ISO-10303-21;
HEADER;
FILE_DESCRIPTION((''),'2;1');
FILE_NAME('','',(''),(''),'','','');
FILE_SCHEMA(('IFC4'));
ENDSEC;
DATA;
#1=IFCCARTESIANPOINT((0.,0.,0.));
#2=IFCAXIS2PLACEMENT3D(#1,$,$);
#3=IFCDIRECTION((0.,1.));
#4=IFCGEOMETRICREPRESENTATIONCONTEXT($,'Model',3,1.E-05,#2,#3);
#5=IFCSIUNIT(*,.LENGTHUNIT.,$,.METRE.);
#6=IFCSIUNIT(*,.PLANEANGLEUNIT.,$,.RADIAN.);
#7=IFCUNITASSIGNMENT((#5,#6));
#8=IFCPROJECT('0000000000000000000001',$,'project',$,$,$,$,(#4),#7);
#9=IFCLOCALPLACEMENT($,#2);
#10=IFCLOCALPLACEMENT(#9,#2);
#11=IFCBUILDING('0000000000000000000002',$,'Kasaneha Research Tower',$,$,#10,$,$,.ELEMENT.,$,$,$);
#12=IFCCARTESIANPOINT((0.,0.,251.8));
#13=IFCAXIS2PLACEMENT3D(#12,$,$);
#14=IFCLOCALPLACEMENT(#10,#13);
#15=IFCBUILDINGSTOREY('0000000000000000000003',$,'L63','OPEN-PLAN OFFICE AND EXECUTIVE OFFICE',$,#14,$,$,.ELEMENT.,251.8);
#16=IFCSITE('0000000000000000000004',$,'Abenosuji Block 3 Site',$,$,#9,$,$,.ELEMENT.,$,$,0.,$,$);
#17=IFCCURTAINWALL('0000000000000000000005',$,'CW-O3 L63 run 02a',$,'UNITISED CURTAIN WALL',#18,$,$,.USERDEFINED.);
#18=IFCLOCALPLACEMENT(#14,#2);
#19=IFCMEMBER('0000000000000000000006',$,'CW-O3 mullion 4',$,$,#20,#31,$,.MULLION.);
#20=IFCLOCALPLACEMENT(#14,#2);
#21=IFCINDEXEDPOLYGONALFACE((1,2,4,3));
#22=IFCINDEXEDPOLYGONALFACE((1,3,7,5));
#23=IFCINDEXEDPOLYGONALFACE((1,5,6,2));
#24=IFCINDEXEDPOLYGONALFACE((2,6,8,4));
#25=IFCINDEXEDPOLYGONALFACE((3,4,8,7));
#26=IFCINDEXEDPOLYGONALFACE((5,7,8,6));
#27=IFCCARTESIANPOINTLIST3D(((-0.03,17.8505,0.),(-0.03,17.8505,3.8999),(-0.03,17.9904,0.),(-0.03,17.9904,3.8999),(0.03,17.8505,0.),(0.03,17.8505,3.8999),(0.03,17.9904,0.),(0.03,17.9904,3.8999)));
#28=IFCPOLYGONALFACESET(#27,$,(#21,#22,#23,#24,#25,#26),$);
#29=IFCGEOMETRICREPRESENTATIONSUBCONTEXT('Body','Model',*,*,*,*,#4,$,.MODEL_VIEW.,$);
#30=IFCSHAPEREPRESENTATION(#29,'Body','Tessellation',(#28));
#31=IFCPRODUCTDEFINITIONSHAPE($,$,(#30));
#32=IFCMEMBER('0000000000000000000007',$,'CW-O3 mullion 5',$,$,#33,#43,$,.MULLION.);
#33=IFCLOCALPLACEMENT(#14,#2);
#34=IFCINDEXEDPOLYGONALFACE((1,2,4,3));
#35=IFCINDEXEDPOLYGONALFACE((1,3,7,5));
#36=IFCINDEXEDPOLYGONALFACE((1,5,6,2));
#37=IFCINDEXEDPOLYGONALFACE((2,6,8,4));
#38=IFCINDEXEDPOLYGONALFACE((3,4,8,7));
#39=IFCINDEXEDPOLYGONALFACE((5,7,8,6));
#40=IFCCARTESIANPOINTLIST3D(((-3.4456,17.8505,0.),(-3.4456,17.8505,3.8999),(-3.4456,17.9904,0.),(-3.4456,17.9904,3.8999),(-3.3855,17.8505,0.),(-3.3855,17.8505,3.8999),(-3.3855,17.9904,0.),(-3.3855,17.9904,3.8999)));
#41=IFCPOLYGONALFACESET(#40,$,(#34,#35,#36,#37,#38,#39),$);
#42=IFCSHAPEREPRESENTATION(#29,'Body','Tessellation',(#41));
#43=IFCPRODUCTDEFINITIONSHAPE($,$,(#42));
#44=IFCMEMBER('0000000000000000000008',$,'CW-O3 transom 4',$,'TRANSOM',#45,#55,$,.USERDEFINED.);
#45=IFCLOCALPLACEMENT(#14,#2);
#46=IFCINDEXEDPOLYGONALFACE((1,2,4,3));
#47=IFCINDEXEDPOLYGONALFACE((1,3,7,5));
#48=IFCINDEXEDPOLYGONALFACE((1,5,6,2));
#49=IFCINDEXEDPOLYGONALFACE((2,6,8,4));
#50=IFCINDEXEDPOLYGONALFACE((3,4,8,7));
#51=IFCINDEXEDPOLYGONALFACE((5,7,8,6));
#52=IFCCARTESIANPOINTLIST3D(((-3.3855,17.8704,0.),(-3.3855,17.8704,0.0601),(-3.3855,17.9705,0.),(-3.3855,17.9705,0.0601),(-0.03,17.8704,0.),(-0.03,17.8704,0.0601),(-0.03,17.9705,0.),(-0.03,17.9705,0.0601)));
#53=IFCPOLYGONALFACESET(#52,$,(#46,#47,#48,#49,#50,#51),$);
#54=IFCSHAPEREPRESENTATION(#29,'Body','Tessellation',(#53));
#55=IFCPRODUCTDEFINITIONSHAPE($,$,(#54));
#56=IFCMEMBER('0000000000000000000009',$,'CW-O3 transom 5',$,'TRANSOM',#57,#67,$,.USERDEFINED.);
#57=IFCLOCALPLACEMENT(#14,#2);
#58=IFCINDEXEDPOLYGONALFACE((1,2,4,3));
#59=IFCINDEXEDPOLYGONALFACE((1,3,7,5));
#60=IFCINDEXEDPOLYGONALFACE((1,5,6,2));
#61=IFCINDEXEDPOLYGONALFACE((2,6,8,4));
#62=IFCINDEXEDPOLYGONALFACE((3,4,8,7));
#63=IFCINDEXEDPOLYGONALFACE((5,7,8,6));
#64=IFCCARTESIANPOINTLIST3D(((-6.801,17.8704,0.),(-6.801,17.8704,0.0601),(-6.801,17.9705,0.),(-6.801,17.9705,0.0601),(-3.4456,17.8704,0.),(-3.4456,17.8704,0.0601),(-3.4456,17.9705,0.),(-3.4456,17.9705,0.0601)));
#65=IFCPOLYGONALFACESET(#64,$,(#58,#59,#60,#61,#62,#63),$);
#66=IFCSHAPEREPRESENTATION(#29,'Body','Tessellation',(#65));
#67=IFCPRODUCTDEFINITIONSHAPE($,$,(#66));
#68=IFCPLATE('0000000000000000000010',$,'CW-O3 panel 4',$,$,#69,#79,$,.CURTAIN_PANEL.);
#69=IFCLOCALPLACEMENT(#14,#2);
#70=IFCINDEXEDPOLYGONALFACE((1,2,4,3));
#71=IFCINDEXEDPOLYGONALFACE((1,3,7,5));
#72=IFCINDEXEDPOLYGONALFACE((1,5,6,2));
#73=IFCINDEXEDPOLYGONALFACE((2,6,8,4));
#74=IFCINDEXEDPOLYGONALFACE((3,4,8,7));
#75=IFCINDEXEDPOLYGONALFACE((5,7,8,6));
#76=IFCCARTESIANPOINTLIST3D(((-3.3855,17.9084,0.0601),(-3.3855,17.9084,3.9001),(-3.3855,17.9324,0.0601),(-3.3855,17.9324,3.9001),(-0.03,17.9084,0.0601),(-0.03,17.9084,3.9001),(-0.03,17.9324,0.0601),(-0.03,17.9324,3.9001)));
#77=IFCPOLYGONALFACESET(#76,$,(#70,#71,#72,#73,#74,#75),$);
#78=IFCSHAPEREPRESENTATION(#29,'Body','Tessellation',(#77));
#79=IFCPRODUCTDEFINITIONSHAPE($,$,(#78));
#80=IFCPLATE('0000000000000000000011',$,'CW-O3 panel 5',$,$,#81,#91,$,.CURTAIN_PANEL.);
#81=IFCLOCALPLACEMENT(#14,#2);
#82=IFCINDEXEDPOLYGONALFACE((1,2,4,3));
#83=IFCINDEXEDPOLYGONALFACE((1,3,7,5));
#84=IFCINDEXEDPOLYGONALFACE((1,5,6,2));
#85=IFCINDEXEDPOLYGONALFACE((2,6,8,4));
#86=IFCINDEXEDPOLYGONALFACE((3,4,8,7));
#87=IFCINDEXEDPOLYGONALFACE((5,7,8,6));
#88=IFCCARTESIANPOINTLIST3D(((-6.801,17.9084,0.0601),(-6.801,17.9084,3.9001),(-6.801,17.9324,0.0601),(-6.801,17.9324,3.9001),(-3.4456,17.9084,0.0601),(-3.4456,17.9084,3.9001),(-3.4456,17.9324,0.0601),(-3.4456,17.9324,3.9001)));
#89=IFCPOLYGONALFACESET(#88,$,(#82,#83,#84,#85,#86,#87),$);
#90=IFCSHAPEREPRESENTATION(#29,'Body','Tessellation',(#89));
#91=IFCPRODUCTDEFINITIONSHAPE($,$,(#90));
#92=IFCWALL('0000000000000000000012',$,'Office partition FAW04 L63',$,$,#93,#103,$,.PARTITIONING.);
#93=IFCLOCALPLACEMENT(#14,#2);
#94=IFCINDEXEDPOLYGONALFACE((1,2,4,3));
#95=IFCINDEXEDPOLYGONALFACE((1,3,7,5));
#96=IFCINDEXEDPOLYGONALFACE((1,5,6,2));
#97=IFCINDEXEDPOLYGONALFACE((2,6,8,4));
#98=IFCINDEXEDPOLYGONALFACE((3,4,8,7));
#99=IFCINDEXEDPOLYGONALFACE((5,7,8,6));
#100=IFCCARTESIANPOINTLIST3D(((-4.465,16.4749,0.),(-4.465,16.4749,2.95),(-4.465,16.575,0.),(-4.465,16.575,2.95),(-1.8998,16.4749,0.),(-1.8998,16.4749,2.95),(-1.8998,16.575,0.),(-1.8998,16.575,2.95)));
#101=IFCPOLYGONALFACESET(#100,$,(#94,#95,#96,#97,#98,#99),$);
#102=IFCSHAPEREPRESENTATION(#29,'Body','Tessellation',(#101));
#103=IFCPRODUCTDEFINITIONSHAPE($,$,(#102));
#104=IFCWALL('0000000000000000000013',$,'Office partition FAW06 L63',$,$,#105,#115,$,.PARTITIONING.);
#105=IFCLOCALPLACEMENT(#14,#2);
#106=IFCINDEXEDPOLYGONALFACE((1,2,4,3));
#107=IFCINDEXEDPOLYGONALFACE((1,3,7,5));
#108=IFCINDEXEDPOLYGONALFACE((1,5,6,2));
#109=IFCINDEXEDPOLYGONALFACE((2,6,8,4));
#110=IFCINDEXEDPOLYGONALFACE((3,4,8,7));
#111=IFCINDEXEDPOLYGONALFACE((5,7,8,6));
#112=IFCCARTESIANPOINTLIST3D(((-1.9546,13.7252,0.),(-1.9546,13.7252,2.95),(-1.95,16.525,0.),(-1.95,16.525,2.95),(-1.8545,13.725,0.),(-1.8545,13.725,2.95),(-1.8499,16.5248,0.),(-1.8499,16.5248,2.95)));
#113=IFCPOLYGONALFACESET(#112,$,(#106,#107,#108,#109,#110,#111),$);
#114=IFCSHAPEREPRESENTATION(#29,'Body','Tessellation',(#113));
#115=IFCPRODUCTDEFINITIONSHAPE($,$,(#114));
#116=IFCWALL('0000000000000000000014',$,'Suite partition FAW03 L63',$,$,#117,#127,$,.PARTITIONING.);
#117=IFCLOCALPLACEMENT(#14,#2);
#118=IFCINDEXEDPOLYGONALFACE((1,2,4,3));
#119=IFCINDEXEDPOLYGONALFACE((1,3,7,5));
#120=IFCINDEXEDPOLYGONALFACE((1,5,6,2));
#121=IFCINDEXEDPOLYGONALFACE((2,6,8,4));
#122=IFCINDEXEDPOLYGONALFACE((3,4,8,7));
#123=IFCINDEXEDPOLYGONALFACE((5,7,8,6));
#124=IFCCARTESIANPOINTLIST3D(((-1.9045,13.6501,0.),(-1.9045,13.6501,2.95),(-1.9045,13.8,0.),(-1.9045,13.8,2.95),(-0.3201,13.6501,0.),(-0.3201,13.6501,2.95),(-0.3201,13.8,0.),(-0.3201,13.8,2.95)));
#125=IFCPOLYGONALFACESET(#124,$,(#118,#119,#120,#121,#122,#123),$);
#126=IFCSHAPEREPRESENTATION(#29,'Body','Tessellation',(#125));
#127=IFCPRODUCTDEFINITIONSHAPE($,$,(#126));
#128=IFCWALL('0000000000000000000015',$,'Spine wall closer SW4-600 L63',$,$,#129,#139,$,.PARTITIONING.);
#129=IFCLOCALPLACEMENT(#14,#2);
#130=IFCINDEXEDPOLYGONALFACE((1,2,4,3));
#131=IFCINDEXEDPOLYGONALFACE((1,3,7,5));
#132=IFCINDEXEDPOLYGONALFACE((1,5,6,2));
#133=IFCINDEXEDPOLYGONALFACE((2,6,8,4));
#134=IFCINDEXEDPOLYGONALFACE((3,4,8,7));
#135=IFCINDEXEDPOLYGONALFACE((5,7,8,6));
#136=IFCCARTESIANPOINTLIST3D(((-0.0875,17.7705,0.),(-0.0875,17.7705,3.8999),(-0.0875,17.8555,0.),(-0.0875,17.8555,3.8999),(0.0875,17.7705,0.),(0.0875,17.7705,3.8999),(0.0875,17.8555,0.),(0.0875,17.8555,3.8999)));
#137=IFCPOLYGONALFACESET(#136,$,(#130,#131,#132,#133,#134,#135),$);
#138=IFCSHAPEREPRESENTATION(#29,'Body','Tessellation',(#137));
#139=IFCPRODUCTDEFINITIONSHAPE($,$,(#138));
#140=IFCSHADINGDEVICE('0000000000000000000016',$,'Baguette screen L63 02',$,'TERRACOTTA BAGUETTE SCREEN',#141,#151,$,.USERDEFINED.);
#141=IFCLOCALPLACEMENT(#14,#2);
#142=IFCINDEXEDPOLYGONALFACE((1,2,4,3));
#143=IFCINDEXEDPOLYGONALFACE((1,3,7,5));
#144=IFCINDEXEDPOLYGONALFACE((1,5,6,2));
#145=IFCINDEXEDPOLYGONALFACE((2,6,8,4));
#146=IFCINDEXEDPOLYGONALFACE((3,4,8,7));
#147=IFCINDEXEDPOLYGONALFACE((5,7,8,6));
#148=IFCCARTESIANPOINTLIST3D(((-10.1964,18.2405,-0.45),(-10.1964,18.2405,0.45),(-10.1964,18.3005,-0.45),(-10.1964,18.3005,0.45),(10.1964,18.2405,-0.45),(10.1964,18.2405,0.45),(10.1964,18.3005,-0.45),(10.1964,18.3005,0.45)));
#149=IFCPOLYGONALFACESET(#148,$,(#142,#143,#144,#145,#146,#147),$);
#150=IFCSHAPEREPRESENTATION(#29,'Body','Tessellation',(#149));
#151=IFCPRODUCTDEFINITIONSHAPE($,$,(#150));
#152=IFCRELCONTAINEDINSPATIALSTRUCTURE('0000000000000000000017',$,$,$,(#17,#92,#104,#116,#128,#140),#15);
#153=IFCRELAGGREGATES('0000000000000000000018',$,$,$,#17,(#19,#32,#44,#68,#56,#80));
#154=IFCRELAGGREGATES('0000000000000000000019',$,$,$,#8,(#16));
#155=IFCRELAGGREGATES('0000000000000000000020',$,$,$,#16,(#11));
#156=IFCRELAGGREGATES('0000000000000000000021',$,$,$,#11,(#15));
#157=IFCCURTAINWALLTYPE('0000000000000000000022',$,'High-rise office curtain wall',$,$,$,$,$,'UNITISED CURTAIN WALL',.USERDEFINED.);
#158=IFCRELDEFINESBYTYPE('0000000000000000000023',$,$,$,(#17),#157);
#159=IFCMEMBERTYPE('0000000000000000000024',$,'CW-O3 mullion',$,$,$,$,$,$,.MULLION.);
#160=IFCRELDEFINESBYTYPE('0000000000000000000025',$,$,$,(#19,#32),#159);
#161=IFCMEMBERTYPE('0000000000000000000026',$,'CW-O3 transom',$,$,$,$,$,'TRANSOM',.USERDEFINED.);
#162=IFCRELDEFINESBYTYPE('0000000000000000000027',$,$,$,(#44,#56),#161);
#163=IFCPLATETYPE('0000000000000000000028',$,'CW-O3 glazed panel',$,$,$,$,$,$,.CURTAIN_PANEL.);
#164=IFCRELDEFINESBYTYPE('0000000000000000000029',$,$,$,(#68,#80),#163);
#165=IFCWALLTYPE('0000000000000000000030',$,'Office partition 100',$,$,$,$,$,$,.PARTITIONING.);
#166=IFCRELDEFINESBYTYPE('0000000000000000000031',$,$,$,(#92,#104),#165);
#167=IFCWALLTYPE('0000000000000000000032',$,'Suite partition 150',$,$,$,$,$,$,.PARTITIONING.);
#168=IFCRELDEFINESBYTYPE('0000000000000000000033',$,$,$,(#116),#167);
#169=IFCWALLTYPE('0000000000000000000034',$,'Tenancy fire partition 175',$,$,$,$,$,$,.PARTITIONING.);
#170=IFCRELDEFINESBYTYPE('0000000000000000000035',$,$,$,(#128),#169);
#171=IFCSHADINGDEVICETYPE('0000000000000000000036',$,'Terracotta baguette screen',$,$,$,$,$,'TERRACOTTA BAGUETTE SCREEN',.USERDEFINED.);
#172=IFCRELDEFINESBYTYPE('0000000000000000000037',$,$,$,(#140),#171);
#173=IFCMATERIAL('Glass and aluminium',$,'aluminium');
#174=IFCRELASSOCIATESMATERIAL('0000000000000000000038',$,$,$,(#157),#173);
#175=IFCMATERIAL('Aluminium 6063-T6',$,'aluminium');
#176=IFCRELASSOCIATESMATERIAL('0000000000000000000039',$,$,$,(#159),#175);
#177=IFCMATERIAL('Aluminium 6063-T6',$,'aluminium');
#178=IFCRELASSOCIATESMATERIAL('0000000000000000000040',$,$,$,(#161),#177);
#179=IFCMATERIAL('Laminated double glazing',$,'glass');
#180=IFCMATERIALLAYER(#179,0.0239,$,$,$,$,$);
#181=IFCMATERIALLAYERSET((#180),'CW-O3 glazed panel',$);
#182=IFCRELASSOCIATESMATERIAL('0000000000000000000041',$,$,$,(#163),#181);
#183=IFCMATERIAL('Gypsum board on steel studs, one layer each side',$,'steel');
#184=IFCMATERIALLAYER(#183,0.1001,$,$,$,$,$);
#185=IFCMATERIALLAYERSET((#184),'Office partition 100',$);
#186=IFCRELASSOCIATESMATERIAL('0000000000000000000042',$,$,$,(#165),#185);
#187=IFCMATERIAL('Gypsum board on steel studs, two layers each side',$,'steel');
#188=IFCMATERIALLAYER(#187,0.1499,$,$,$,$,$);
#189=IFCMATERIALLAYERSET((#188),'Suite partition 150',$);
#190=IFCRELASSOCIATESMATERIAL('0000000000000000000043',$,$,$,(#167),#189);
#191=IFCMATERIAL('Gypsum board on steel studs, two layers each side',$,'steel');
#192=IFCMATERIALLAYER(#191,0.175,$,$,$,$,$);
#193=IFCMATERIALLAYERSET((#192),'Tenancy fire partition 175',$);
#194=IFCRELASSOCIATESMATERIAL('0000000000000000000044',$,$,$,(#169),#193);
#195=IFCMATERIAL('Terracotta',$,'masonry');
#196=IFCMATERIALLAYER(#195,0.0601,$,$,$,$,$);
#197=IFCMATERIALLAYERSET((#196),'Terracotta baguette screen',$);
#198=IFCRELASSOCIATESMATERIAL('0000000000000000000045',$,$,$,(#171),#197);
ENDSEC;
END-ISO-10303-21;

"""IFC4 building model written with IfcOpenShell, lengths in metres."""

from ifc_helpers import new_model, si_unit, direction, frame, frame_2d, origin, origin_2d, place, context, subcontext, project, spatial, rectangle, extrude, material, layer, layer_set, material_profile, profile_set, type_object, element, aggregate, save


model = new_model("IFC4")

# Units and contexts
model_context = context("Model", 3, precision=1e-05, world=origin(), true_north=direction((0.0, 1.0)))
body_context = subcontext(model_context, "Body", "Model", "MODEL_VIEW")
ifc_project = project(units=[si_unit("LENGTHUNIT", "METRE"), si_unit("PLANEANGLEUNIT", "RADIAN")], contexts=[model_context])

# Site, building, storey
site_placement = place(None, origin())
site = spatial("IfcSite", under=ifc_project, at=site_placement, Name="Abenosuji Block 3 Site", CompositionType="ELEMENT", RefElevation=0.0)
building_placement = place(site_placement, origin())
building = spatial("IfcBuilding", under=site, at=building_placement, Name="Kasaneha Research Tower", CompositionType="ELEMENT")
storey_placement = place(building_placement, frame((0.0, 0.0, 251.8)))
storey = spatial("IfcBuildingStorey", under=building, at=storey_placement, Name="L63", Description="OPEN-PLAN OFFICE AND EXECUTIVE OFFICE", CompositionType="ELEMENT", Elevation=251.8)

# Curtain wall, members, plates
ifc_material_1 = material(Name="Glass and aluminium", Category="aluminium")
curtain_wall_type = type_object("IfcCurtainWallType", Name="High-rise office curtain wall", ElementType="UNITISED CURTAIN WALL", PredefinedType="USERDEFINED", material=ifc_material_1)
curtain_wall_placement = place(storey_placement, origin())
curtain_wall = element("IfcCurtainWall", 1, at=curtain_wall_placement, inside=storey, type_object=curtain_wall_type, Name="CW-O3 L63 run 02a", ObjectType="UNITISED CURTAIN WALL", PredefinedType="USERDEFINED")
ifc_material_2 = material(Name="Aluminium 6063-T6", Category="aluminium")
ifc_material_profile_1 = material_profile(ifc_material_2, rectangle(XDim=0.0601, YDim=0.1399, at=origin_2d()), Name="CW-O3 mullion 60x140")
ifc_profile_set_1 = profile_set([ifc_material_profile_1], Name="Aluminium 6063-T6")
member_type_1 = type_object("IfcMemberType", Name="CW-O3 mullion", PredefinedType="MULLION", material=ifc_profile_set_1)
member_1_placement = place(storey_placement, frame((0.0, 17.9204, 0.0), z_axis=(0.0, 0.0, 1.0), x_axis=(-1.0, 0.0, 0.0)))
member_1 = element("IfcMember", 2, at=member_1_placement, type_object=member_type_1, Name="CW-O3 mullion 4", PredefinedType="MULLION", context=body_context, shape_type="SweptSolid", body=[
    extrude(rectangle(XDim=0.0601, YDim=0.1399, at=origin_2d()), origin(), (0.0, 0.0, 1.0), 3.8999),
])
member_2_placement = place(storey_placement, frame((-3.4155, 17.9204, 0.0), z_axis=(0.0, 0.0, 1.0), x_axis=(-1.0, 0.0, 0.0)))
member_2 = element("IfcMember", 3, at=member_2_placement, type_object=member_type_1, Name="CW-O3 mullion 5", PredefinedType="MULLION", context=body_context, shape_type="SweptSolid", body=[
    extrude(rectangle(XDim=0.0601, YDim=0.1399, at=origin_2d()), origin(), (0.0, 0.0, 1.0), 3.8999),
])
ifc_material_3 = material(Name="Aluminium 6063-T6", Category="aluminium")
ifc_material_profile_2 = material_profile(ifc_material_3, rectangle(XDim=0.1001, YDim=0.0601, at=origin_2d()), Name="CW-O3 transom 100x60")
ifc_profile_set_2 = profile_set([ifc_material_profile_2], Name="Aluminium 6063-T6")
member_type_2 = type_object("IfcMemberType", Name="CW-O3 transom", ElementType="TRANSOM", PredefinedType="USERDEFINED", material=ifc_profile_set_2)
member_3_placement = place(storey_placement, frame((-0.03, 17.9204, 0.03), z_axis=(-1.0, 0.0, 0.0), x_axis=(0.0, -1.0, 0.0)))
member_3 = element("IfcMember", 4, at=member_3_placement, type_object=member_type_2, Name="CW-O3 transom 4", ObjectType="TRANSOM", PredefinedType="USERDEFINED", context=body_context, shape_type="SweptSolid", body=[
    extrude(rectangle(XDim=0.1001, YDim=0.0601, at=origin_2d()), origin(), (0.0, 0.0, 1.0), 3.3555),
])
member_4_placement = place(storey_placement, frame((-3.4456, 17.9204, 0.03), z_axis=(-1.0, 0.0, 0.0), x_axis=(0.0, -1.0, 0.0)))
member_4 = element("IfcMember", 5, at=member_4_placement, type_object=member_type_2, Name="CW-O3 transom 5", ObjectType="TRANSOM", PredefinedType="USERDEFINED", context=body_context, shape_type="SweptSolid", body=[
    extrude(rectangle(XDim=0.1001, YDim=0.0601, at=origin_2d()), origin(), (0.0, 0.0, 1.0), 3.3555),
])
ifc_material_4 = material(Name="Laminated double glazing", Category="glass")
ifc_layer_1 = layer(ifc_material_4, 0.0239)
ifc_layer_set_1 = layer_set([ifc_layer_1], Name="CW-O3 glazed panel")
plate_type = type_object("IfcPlateType", Name="CW-O3 glazed panel", PredefinedType="CURTAIN_PANEL", material=ifc_layer_set_1)
plate_1_placement = place(storey_placement, frame((-1.7078, 17.9204, 0.0601), z_axis=(0.0, 0.0, 1.0), x_axis=(-1.0, 0.0, 0.0)))
plate_1 = element("IfcPlate", 6, at=plate_1_placement, type_object=plate_type, Name="CW-O3 panel 4", PredefinedType="CURTAIN_PANEL", context=body_context, shape_type="SweptSolid", body=[
    extrude(rectangle(XDim=3.3555, YDim=0.0239, at=origin_2d()), origin(), (0.0, 0.0, 1.0), 3.8401),
])
plate_2_placement = place(storey_placement, frame((-5.1233, 17.9204, 0.0601), z_axis=(0.0, 0.0, 1.0), x_axis=(-1.0, 0.0, 0.0)))
plate_2 = element("IfcPlate", 7, at=plate_2_placement, type_object=plate_type, Name="CW-O3 panel 5", PredefinedType="CURTAIN_PANEL", context=body_context, shape_type="SweptSolid", body=[
    extrude(rectangle(XDim=3.3555, YDim=0.0239, at=origin_2d()), origin(), (0.0, 0.0, 1.0), 3.8401),
])
aggregate(curtain_wall, [member_1, member_2, member_3, plate_1, member_4, plate_2])

# Walls
ifc_material_5 = material(Name="Gypsum board on steel studs, one layer each side", Category="steel")
ifc_layer_2 = layer(ifc_material_5, 0.1001)
ifc_layer_set_2 = layer_set([ifc_layer_2], Name="Office partition 100")
wall_type_1 = type_object("IfcWallType", Name="Office partition 100", PredefinedType="PARTITIONING", material=ifc_layer_set_2)
wall_1_placement = place(storey_placement, frame((-4.4651, 16.5249, 0.0), z_axis=(0.0, 0.0, 1.0), x_axis=(1.0, 0.0, 0.0)))
element("IfcWall", 8, at=wall_1_placement, inside=storey, type_object=wall_type_1, Name="Office partition FAW04 L63", PredefinedType="PARTITIONING", context=body_context, shape_type="SweptSolid", body=[
    extrude(rectangle(XDim=2.5652, YDim=0.1001, at=frame_2d((1.2827, 0.0))), origin(), (0.0, 0.0, 1.0), 2.95),
])
wall_2_placement = place(storey_placement, frame((-1.8999, 16.5249, 0.0), z_axis=(0.0, 0.0, 1.0), x_axis=(-0.001657, -0.999999, 0.0)))
element("IfcWall", 9, at=wall_2_placement, inside=storey, type_object=wall_type_1, Name="Office partition FAW06 L63", PredefinedType="PARTITIONING", context=body_context, shape_type="SweptSolid", body=[
    extrude(rectangle(XDim=2.7998, YDim=0.1001, at=frame_2d((1.3999, 0.0))), origin(), (0.0, 0.0, 1.0), 2.95),
])
ifc_material_6 = material(Name="Gypsum board on steel studs, two layers each side", Category="steel")
ifc_layer_3 = layer(ifc_material_6, 0.1499)
ifc_layer_set_3 = layer_set([ifc_layer_3], Name="Suite partition 150")
wall_type_2 = type_object("IfcWallType", Name="Suite partition 150", PredefinedType="PARTITIONING", material=ifc_layer_set_3)
wall_3_placement = place(storey_placement, frame((-1.9045, 13.7251, 0.0), z_axis=(0.0, 0.0, 1.0), x_axis=(1.0, 0.0, 0.0)))
element("IfcWall", 10, at=wall_3_placement, inside=storey, type_object=wall_type_2, Name="Suite partition FAW03 L63", PredefinedType="PARTITIONING", context=body_context, shape_type="SweptSolid", body=[
    extrude(rectangle(XDim=1.5845, YDim=0.1499, at=frame_2d((0.7922, 0.0))), origin(), (0.0, 0.0, 1.0), 2.95),
])
ifc_material_7 = material(Name="Gypsum board on steel studs, two layers each side", Category="steel")
ifc_layer_4 = layer(ifc_material_7, 0.175)
ifc_layer_set_4 = layer_set([ifc_layer_4], Name="Tenancy fire partition 175")
wall_type_3 = type_object("IfcWallType", Name="Tenancy fire partition 175", PredefinedType="PARTITIONING", material=ifc_layer_set_4)
wall_4_placement = place(storey_placement, frame((0.0, 17.7705, 0.0), z_axis=(0.0, 0.0, 1.0), x_axis=(0.0, 1.0, 0.0)))
element("IfcWall", 11, at=wall_4_placement, inside=storey, type_object=wall_type_3, Name="Spine wall closer SW4-600 L63", PredefinedType="PARTITIONING", context=body_context, shape_type="SweptSolid", body=[
    extrude(rectangle(XDim=0.085, YDim=0.175, at=frame_2d((0.0425, 0.0))), origin(), (0.0, 0.0, 1.0), 3.8999),
])

# Shading device
ifc_material_8 = material(Name="Terracotta", Category="masonry")
ifc_layer_5 = layer(ifc_material_8, 0.0601)
ifc_layer_set_5 = layer_set([ifc_layer_5], Name="Terracotta baguette screen")
shading_device_type = type_object("IfcShadingDeviceType", Name="Terracotta baguette screen", ElementType="TERRACOTTA BAGUETTE SCREEN", PredefinedType="USERDEFINED", material=ifc_layer_set_5)
shading_device_placement = place(storey_placement, frame((0.0, 18.2705, -0.45), z_axis=(0.0, 0.0, 1.0), x_axis=(-1.0, 0.0, 0.0)))
element("IfcShadingDevice", 12, at=shading_device_placement, inside=storey, type_object=shading_device_type, Name="Baguette screen L63 02", ObjectType="TERRACOTTA BAGUETTE SCREEN", PredefinedType="USERDEFINED", context=body_context, shape_type="SweptSolid", body=[
    extrude(rectangle(XDim=20.3928, YDim=0.0601, at=origin_2d()), origin(), (0.0, 0.0, 1.0), 0.8999),
])

save(model, "model.ifc")
